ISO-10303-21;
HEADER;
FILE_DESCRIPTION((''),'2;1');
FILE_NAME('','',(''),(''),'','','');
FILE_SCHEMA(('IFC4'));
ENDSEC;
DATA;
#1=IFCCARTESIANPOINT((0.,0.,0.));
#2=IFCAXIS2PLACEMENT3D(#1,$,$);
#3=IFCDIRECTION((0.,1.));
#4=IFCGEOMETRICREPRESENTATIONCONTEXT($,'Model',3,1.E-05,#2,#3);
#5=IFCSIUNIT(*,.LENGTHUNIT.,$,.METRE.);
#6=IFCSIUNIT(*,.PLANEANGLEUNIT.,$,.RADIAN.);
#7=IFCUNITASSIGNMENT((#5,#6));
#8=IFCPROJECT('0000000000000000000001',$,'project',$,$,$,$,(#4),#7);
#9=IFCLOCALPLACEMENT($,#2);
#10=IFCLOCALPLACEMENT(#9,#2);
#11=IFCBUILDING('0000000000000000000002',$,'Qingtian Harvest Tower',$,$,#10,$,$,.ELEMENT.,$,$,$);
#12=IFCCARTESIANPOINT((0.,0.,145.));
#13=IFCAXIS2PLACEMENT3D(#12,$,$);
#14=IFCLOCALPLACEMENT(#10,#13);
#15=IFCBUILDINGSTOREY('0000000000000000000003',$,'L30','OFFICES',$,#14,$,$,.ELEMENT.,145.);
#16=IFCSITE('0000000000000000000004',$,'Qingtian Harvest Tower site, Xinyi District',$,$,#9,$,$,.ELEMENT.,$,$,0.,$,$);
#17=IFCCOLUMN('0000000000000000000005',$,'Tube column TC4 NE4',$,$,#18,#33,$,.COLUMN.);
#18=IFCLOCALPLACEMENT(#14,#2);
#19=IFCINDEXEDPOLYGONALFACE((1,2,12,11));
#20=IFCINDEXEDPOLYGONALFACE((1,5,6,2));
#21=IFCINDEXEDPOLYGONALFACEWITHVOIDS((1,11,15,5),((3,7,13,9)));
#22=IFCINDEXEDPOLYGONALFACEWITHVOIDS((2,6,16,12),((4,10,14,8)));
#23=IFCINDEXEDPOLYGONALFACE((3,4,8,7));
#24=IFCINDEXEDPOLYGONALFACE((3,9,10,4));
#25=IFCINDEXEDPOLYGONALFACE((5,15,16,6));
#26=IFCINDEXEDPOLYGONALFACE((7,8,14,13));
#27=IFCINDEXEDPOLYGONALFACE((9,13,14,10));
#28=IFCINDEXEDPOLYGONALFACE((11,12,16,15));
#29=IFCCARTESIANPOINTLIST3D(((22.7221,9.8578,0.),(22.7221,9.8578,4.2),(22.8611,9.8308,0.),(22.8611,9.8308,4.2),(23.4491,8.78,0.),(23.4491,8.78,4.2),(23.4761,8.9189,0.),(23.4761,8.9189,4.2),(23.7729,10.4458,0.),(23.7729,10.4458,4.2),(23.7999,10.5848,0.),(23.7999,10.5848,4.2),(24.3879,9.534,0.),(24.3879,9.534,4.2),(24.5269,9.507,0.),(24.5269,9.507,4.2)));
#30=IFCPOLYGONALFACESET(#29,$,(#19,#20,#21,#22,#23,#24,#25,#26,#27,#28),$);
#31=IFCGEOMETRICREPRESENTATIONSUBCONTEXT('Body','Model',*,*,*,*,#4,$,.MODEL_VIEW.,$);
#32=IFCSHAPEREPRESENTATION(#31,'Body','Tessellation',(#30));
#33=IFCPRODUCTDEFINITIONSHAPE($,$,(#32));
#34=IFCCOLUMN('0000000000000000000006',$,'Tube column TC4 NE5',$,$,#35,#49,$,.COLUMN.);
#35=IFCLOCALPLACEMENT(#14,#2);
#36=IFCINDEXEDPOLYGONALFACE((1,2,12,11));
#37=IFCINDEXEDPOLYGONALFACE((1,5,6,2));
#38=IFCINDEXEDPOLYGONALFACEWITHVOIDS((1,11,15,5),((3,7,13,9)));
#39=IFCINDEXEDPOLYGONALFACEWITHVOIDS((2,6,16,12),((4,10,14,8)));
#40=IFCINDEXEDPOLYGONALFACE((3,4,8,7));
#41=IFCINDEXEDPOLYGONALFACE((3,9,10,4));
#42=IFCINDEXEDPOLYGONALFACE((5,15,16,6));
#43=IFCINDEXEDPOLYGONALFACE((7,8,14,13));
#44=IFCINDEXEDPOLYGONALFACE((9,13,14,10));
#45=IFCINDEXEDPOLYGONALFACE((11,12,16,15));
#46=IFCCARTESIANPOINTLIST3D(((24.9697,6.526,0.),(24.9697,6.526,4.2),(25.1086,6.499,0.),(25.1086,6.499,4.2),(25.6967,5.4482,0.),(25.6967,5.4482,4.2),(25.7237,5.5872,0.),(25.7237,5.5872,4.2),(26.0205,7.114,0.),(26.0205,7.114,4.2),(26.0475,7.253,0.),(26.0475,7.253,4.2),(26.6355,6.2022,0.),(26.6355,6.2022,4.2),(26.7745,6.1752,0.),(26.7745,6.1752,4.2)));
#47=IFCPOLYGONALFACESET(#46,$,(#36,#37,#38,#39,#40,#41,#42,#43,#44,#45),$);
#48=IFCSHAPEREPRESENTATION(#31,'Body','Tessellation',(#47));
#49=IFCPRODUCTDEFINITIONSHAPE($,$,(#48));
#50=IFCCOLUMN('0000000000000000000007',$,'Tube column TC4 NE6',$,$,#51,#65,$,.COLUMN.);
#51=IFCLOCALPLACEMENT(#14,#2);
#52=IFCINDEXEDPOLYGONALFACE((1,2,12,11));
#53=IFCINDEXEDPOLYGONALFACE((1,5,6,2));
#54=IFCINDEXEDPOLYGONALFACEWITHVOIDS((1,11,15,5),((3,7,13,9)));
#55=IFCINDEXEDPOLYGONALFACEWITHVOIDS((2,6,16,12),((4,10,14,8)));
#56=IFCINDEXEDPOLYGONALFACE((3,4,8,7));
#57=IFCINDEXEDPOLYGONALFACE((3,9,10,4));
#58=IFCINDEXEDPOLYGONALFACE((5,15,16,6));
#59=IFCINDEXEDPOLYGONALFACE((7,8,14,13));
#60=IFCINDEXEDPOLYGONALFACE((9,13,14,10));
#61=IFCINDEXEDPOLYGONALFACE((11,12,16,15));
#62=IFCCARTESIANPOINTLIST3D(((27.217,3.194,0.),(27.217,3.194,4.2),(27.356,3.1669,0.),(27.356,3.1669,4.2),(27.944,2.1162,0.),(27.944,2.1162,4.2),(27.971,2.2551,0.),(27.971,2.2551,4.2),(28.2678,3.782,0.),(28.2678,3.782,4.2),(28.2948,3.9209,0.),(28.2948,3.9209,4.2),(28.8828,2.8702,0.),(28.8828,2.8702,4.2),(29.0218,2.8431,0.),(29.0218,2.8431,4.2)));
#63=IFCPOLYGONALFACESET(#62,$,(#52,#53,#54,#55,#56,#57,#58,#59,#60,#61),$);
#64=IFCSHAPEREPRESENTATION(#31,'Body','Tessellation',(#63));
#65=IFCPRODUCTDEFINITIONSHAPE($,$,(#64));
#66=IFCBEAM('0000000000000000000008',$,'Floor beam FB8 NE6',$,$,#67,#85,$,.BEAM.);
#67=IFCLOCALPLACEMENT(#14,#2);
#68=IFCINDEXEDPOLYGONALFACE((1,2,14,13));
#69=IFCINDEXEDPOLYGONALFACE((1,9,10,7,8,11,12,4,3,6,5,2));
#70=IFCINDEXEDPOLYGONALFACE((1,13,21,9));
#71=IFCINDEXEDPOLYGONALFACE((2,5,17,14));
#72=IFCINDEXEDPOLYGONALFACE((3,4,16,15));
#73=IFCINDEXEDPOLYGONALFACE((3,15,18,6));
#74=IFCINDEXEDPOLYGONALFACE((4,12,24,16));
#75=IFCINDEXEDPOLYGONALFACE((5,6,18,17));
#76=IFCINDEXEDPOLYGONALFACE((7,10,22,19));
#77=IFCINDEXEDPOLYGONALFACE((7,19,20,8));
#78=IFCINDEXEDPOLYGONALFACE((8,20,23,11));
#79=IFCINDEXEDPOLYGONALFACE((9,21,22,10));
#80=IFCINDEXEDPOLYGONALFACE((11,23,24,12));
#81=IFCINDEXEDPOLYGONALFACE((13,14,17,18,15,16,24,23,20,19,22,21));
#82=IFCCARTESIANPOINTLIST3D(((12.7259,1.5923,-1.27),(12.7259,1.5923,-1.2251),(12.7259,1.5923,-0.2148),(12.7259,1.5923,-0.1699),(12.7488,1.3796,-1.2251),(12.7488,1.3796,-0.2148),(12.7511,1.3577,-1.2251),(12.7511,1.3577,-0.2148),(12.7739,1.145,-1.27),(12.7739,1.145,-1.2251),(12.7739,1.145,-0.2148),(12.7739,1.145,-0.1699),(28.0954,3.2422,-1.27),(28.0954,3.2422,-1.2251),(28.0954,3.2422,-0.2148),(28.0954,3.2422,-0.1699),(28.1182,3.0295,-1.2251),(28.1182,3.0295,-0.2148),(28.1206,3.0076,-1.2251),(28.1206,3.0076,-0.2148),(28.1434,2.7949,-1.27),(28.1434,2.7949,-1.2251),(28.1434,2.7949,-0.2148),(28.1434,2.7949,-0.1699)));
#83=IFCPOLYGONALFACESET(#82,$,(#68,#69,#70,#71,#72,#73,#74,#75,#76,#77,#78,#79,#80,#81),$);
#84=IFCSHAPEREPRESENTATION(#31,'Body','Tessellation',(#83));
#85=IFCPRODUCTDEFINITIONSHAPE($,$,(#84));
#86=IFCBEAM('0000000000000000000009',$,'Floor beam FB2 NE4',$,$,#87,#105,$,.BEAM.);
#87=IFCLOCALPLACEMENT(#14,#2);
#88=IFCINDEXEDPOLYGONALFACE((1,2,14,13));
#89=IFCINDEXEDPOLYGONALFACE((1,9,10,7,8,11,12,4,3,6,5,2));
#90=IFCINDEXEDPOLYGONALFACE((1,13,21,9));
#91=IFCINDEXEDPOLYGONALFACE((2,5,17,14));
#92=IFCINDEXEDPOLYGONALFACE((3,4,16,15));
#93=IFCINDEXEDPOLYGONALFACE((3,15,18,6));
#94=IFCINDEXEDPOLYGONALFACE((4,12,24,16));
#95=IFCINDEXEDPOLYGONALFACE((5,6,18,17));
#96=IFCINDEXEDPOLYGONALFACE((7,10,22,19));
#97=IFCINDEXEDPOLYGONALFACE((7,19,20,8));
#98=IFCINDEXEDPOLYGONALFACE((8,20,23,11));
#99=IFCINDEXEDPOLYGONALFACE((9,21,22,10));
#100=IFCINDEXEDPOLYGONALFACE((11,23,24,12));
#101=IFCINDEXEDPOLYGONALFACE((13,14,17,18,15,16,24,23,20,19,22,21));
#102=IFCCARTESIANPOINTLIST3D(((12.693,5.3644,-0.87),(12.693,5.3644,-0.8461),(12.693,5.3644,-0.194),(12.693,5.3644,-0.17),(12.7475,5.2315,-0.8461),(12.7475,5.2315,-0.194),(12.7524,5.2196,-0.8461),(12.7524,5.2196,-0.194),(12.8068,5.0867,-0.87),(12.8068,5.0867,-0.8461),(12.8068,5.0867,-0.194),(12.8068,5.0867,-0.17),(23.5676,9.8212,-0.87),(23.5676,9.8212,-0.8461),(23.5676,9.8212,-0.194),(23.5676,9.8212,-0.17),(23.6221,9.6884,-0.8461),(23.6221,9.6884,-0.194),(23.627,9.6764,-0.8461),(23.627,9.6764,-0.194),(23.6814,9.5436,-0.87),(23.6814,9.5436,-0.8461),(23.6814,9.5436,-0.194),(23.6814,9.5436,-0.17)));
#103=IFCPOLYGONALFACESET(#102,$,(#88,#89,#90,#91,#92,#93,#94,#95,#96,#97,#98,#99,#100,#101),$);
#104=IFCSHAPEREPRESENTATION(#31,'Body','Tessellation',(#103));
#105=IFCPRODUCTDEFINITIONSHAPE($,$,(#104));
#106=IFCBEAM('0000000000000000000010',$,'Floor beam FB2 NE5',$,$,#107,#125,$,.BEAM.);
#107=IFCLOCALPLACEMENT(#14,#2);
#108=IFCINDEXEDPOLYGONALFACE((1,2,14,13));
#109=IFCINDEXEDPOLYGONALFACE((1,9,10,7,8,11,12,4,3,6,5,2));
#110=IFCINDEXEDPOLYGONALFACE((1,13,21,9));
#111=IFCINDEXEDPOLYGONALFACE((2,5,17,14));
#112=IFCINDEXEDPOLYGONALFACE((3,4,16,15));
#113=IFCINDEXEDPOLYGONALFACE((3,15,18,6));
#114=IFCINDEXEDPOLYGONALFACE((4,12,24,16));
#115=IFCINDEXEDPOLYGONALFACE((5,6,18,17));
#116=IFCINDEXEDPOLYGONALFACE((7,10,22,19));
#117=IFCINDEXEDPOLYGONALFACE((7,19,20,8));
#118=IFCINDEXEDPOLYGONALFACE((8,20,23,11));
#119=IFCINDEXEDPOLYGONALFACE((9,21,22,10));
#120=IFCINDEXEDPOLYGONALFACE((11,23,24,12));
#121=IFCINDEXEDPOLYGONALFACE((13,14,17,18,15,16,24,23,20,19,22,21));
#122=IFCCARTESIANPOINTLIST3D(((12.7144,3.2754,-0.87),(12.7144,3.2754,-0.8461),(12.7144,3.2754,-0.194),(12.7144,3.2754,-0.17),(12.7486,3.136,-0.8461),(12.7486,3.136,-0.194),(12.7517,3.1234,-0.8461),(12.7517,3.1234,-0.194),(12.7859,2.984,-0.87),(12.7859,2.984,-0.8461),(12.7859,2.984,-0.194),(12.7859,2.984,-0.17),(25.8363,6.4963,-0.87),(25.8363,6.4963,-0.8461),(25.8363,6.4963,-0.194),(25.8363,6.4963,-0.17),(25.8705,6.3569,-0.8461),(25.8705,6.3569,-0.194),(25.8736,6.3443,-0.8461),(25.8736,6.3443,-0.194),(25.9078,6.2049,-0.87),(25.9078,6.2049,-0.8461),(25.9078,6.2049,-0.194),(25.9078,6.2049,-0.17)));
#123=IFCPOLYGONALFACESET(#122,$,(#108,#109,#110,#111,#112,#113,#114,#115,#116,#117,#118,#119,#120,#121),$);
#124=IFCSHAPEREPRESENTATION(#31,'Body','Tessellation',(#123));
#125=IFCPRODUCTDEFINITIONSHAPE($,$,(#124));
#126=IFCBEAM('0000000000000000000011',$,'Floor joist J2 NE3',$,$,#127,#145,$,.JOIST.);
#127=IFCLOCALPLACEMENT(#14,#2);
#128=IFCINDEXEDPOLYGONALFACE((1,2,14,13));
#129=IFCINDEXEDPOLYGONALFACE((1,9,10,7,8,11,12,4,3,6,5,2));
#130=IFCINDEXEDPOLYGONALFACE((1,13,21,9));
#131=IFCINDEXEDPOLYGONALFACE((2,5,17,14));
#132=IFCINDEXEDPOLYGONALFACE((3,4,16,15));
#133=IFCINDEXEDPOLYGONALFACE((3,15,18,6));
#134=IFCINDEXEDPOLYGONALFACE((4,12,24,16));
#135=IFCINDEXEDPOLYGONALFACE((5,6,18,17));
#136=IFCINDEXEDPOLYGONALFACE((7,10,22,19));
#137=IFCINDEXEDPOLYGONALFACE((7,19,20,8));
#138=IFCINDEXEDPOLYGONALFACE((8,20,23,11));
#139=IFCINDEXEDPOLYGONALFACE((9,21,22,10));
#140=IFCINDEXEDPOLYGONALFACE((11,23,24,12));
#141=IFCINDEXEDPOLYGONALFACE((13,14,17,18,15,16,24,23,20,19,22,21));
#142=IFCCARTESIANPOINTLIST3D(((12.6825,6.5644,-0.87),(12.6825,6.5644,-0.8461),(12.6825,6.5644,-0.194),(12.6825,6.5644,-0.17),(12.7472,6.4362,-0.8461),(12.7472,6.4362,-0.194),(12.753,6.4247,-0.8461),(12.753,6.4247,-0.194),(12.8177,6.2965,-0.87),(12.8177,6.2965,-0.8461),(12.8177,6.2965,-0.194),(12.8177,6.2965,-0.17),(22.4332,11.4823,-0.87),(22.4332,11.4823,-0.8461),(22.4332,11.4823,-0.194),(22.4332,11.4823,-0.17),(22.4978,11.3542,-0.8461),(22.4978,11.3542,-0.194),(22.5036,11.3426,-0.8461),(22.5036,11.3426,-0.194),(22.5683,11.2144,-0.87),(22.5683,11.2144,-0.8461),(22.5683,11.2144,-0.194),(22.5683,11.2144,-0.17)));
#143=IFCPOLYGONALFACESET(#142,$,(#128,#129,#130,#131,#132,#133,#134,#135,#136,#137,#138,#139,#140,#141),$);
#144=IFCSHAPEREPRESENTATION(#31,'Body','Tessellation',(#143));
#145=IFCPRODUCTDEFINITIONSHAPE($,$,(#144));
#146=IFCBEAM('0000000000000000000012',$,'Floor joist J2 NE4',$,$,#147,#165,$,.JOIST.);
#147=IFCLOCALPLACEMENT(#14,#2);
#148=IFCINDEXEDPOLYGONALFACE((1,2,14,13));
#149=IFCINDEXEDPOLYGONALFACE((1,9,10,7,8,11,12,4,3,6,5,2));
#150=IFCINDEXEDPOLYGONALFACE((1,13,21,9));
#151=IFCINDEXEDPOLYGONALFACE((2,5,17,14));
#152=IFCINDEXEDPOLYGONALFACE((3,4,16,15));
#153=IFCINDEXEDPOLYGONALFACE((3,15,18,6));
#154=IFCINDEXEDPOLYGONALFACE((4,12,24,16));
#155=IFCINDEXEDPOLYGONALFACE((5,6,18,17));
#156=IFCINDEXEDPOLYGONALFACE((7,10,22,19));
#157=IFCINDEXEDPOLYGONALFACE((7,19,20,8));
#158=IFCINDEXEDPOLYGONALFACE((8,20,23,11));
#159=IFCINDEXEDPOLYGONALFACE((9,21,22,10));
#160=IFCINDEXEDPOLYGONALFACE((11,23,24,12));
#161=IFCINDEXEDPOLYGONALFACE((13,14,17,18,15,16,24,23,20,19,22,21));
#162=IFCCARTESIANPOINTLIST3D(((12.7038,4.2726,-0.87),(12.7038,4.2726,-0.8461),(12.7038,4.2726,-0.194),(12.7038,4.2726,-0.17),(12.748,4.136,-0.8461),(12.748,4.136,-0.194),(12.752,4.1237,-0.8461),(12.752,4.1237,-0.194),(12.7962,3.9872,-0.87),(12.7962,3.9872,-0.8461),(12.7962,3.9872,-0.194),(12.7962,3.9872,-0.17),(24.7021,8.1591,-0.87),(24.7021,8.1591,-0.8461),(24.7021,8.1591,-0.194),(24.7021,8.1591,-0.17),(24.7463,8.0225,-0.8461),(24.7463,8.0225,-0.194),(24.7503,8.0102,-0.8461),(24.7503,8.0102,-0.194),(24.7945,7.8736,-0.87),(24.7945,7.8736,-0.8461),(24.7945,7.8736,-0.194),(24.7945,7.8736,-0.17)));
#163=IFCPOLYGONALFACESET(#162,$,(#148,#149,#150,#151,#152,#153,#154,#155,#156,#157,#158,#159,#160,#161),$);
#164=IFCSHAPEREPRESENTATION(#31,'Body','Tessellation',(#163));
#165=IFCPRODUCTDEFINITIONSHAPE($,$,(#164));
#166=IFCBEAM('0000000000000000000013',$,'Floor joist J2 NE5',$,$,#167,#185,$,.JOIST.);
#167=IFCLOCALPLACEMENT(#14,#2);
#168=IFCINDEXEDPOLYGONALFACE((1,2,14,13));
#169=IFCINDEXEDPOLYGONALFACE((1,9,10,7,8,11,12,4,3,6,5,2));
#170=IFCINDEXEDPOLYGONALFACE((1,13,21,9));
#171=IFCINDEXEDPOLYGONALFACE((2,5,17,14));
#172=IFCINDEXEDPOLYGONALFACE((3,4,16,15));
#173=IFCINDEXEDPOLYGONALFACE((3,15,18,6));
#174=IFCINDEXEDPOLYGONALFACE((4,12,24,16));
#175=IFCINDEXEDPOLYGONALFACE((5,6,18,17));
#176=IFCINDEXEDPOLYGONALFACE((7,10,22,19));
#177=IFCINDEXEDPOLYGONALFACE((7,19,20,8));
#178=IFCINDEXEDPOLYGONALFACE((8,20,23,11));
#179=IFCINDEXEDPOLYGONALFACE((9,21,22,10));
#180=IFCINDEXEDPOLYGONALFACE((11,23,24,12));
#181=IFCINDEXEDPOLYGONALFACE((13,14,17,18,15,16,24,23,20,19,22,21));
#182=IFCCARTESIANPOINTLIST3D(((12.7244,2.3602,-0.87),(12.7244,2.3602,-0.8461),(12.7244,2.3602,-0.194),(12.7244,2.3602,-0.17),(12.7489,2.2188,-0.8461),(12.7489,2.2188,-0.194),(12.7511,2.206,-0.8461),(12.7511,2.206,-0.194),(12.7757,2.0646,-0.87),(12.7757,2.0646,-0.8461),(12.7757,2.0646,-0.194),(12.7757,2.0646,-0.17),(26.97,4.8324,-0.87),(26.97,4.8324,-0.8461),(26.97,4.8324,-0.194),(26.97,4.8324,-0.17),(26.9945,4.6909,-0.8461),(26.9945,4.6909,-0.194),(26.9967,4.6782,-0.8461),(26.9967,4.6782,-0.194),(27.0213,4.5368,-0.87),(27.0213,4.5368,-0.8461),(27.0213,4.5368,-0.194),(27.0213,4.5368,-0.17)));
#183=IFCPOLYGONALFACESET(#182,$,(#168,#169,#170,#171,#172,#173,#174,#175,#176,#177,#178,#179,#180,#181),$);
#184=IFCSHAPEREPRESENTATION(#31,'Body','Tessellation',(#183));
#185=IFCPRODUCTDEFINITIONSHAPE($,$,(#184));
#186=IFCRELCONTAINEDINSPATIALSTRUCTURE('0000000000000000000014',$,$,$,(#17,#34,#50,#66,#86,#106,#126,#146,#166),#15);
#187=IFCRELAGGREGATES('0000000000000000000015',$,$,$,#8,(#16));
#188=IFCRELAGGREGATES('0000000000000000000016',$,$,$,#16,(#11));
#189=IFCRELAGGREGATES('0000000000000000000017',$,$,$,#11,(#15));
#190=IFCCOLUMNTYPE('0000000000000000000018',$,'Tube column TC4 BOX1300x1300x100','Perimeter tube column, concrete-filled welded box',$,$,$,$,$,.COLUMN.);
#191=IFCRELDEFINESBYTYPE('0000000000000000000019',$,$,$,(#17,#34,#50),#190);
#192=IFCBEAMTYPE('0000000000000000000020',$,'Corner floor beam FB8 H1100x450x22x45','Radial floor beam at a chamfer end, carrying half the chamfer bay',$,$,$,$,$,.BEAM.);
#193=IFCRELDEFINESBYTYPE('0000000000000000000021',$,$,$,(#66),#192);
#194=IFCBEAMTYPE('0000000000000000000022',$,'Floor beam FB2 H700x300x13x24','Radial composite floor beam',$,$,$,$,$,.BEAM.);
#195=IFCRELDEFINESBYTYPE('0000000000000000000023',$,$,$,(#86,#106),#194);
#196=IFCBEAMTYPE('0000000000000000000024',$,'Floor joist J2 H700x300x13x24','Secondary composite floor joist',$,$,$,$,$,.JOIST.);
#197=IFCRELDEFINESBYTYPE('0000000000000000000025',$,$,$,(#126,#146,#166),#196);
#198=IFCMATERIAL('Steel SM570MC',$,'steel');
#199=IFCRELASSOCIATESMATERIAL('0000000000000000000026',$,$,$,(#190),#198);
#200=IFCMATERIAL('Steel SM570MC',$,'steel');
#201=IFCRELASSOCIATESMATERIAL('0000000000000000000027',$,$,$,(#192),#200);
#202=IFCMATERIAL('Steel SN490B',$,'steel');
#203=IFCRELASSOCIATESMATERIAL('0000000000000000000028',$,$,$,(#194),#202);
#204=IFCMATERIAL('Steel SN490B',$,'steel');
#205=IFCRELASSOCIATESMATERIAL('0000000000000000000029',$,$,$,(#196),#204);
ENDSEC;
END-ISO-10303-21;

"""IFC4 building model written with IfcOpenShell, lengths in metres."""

from ifc_helpers import new_model, si_unit, direction, frame, origin, origin_2d, place, context, subcontext, project, spatial, hollow_rectangle, i_section, extrude, material, material_profile, profile_set, type_object, element, save


model = new_model("IFC4")

# Units and contexts
model_context = context("Model", 3, precision=1e-05, world=origin(), true_north=direction((0.0, 1.0)))
body_context = subcontext(model_context, "Body", "Model", "MODEL_VIEW")
ifc_project = project(units=[si_unit("LENGTHUNIT", "METRE"), si_unit("PLANEANGLEUNIT", "RADIAN")], contexts=[model_context])

# Site, building, storey
site_placement = place(None, origin())
site = spatial("IfcSite", under=ifc_project, at=site_placement, Name="Qingtian Harvest Tower site, Xinyi District", CompositionType="ELEMENT", RefElevation=0.0)
building_placement = place(site_placement, origin())
building = spatial("IfcBuilding", under=site, at=building_placement, Name="Qingtian Harvest Tower", CompositionType="ELEMENT")
storey_placement = place(building_placement, frame((0.0, 0.0, 145.0)))
storey = spatial("IfcBuildingStorey", under=building, at=storey_placement, Name="L30", Description="OFFICES", CompositionType="ELEMENT", Elevation=145.0)

# Columns
ifc_material_1 = material(Name="Steel SM570MC", Category="steel")
ifc_material_profile_1 = material_profile(ifc_material_1, hollow_rectangle(XDim=1.3, YDim=1.3, WallThickness=0.1001, at=origin_2d()), Name="BOX1300x1300x100")
ifc_profile_set_1 = profile_set([ifc_material_profile_1], Name="Steel SM570MC")
column_type = type_object("IfcColumnType", Name="Tube column TC4 BOX1300x1300x100", Description="Perimeter tube column, concrete-filled welded box", PredefinedType="COLUMN", material=ifc_profile_set_1)
for number, where, z_axis, x_axis, name in (
    (1, (23.6245, 9.6824, 0.0), (0.0, 0.0, 1.0), (-0.559193, 0.829038, 0.0), "Tube column TC4 NE4"),
    (2, (25.8721, 6.3506, 0.0), (0.0, 0.0, 1.0), (-0.559193, 0.829038, 0.0), "Tube column TC4 NE5"),
    (3, (28.1194, 3.0186, 0.0), (0.0, 0.0, 1.0), (-0.559193, 0.829038, 0.0), "Tube column TC4 NE6"),
):
    element("IfcColumn", number, at=place(storey_placement, frame(where, z_axis=z_axis, x_axis=x_axis)), inside=storey, type_object=column_type, Name=name, PredefinedType="COLUMN", context=body_context, shape_type="SweptSolid", body=[
        extrude(hollow_rectangle(XDim=1.3, YDim=1.3, WallThickness=0.1001, at=origin_2d()), origin(), (0.0, 0.0, 1.0), 4.2),
    ])

# Beams
ifc_material_2 = material(Name="Steel SM570MC", Category="steel")
ifc_material_profile_2 = material_profile(ifc_material_2, i_section(OverallWidth=0.45, OverallDepth=1.1001, WebThickness=0.022, FlangeThickness=0.0449, at=origin_2d()), Name="H1100x450x22x45")
ifc_profile_set_2 = profile_set([ifc_material_profile_2], Name="Steel SM570MC")
beam_type_1 = type_object("IfcBeamType", Name="Corner floor beam FB8 H1100x450x22x45", Description="Radial floor beam at a chamfer end, carrying half the chamfer bay", PredefinedType="BEAM", material=ifc_profile_set_2)
beam_1_placement = place(storey_placement, frame((28.1194, 3.0186, -0.72), z_axis=(-0.994287, -0.106737, 0.0), x_axis=(0.106737, -0.994287, 0.0)))
element("IfcBeam", 4, at=beam_1_placement, inside=storey, type_object=beam_type_1, Name="Floor beam FB8 NE6", PredefinedType="BEAM", context=body_context, shape_type="SweptSolid", body=[
    extrude(i_section(OverallWidth=0.45, OverallDepth=1.1001, WebThickness=0.022, FlangeThickness=0.0449, at=origin_2d()), origin(), (0.0, 0.0, 1.0), 15.4578),
])
ifc_material_3 = material(Name="Steel SN490B", Category="steel")
ifc_material_profile_3 = material_profile(ifc_material_3, i_section(OverallWidth=0.3, OverallDepth=0.7, WebThickness=0.0129, FlangeThickness=0.0239, at=origin_2d()), Name="H700x300x13x24")
ifc_profile_set_3 = profile_set([ifc_material_profile_3], Name="Steel SN490B")
beam_type_2 = type_object("IfcBeamType", Name="Floor beam FB2 H700x300x13x24", Description="Radial composite floor beam", PredefinedType="BEAM", material=ifc_profile_set_3)
beam_2_placement = place(storey_placement, frame((23.6245, 9.6824, -0.52), z_axis=(-0.925305, -0.379225, 0.0), x_axis=(0.379225, -0.925305, 0.0)))
element("IfcBeam", 5, at=beam_2_placement, inside=storey, type_object=beam_type_2, Name="Floor beam FB2 NE4", PredefinedType="BEAM", context=body_context, shape_type="SweptSolid", body=[
    extrude(i_section(OverallWidth=0.3, OverallDepth=0.7, WebThickness=0.0129, FlangeThickness=0.0239, at=origin_2d()), origin(), (0.0, 0.0, 1.0), 11.7524),
])
beam_3_placement = place(storey_placement, frame((25.8721, 6.3506, -0.52), z_axis=(-0.971171, -0.238384, 0.0), x_axis=(0.238384, -0.971171, 0.0)))
element("IfcBeam", 6, at=beam_3_placement, inside=storey, type_object=beam_type_2, Name="Floor beam FB2 NE5", PredefinedType="BEAM", context=body_context, shape_type="SweptSolid", body=[
    extrude(i_section(OverallWidth=0.3, OverallDepth=0.7, WebThickness=0.0129, FlangeThickness=0.0239, at=origin_2d()), origin(), (0.0, 0.0, 1.0), 13.5115),
])
ifc_material_4 = material(Name="Steel SN490B", Category="steel")
ifc_material_profile_4 = material_profile(ifc_material_4, i_section(OverallWidth=0.3, OverallDepth=0.7, WebThickness=0.0129, FlangeThickness=0.0239, at=origin_2d()), Name="H700x300x13x24")
ifc_profile_set_4 = profile_set([ifc_material_profile_4], Name="Steel SN490B")
beam_type_3 = type_object("IfcBeamType", Name="Floor joist J2 H700x300x13x24", Description="Secondary composite floor joist", PredefinedType="JOIST", material=ifc_profile_set_4)
beam_4_placement = place(storey_placement, frame((22.5007, 11.3484, -0.52), z_axis=(-0.892861, -0.450332, 0.0), x_axis=(0.450332, -0.892861, 0.0)))
element("IfcBeam", 7, at=beam_4_placement, inside=storey, type_object=beam_type_3, Name="Floor joist J2 NE3", PredefinedType="JOIST", context=body_context, shape_type="SweptSolid", body=[
    extrude(i_section(OverallWidth=0.3, OverallDepth=0.7, WebThickness=0.0129, FlangeThickness=0.0239, at=origin_2d()), origin(), (0.0, 0.0, 1.0), 10.9207),
])
beam_5_placement = place(storey_placement, frame((24.7483, 8.0164, -0.52), z_axis=(-0.951336, -0.308156, 0.0), x_axis=(0.308156, -0.951336, 0.0)))
element("IfcBeam", 8, at=beam_5_placement, inside=storey, type_object=beam_type_3, Name="Floor joist J2 NE4", PredefinedType="JOIST", context=body_context, shape_type="SweptSolid", body=[
    extrude(i_section(OverallWidth=0.3, OverallDepth=0.7, WebThickness=0.0129, FlangeThickness=0.0239, at=origin_2d()), origin(), (0.0, 0.0, 1.0), 12.6121),
])
beam_6_placement = place(storey_placement, frame((26.9956, 4.6846, -0.52), z_axis=(-0.985274, -0.170983, 0.0), x_axis=(0.170983, -0.985274, 0.0)))
element("IfcBeam", 9, at=beam_6_placement, inside=storey, type_object=beam_type_3, Name="Floor joist J2 NE5", PredefinedType="JOIST", context=body_context, shape_type="SweptSolid", body=[
    extrude(i_section(OverallWidth=0.3, OverallDepth=0.7, WebThickness=0.0129, FlangeThickness=0.0239, at=origin_2d()), origin(), (0.0, 0.0, 1.0), 14.4585),
])

save(model, "model.ifc")
